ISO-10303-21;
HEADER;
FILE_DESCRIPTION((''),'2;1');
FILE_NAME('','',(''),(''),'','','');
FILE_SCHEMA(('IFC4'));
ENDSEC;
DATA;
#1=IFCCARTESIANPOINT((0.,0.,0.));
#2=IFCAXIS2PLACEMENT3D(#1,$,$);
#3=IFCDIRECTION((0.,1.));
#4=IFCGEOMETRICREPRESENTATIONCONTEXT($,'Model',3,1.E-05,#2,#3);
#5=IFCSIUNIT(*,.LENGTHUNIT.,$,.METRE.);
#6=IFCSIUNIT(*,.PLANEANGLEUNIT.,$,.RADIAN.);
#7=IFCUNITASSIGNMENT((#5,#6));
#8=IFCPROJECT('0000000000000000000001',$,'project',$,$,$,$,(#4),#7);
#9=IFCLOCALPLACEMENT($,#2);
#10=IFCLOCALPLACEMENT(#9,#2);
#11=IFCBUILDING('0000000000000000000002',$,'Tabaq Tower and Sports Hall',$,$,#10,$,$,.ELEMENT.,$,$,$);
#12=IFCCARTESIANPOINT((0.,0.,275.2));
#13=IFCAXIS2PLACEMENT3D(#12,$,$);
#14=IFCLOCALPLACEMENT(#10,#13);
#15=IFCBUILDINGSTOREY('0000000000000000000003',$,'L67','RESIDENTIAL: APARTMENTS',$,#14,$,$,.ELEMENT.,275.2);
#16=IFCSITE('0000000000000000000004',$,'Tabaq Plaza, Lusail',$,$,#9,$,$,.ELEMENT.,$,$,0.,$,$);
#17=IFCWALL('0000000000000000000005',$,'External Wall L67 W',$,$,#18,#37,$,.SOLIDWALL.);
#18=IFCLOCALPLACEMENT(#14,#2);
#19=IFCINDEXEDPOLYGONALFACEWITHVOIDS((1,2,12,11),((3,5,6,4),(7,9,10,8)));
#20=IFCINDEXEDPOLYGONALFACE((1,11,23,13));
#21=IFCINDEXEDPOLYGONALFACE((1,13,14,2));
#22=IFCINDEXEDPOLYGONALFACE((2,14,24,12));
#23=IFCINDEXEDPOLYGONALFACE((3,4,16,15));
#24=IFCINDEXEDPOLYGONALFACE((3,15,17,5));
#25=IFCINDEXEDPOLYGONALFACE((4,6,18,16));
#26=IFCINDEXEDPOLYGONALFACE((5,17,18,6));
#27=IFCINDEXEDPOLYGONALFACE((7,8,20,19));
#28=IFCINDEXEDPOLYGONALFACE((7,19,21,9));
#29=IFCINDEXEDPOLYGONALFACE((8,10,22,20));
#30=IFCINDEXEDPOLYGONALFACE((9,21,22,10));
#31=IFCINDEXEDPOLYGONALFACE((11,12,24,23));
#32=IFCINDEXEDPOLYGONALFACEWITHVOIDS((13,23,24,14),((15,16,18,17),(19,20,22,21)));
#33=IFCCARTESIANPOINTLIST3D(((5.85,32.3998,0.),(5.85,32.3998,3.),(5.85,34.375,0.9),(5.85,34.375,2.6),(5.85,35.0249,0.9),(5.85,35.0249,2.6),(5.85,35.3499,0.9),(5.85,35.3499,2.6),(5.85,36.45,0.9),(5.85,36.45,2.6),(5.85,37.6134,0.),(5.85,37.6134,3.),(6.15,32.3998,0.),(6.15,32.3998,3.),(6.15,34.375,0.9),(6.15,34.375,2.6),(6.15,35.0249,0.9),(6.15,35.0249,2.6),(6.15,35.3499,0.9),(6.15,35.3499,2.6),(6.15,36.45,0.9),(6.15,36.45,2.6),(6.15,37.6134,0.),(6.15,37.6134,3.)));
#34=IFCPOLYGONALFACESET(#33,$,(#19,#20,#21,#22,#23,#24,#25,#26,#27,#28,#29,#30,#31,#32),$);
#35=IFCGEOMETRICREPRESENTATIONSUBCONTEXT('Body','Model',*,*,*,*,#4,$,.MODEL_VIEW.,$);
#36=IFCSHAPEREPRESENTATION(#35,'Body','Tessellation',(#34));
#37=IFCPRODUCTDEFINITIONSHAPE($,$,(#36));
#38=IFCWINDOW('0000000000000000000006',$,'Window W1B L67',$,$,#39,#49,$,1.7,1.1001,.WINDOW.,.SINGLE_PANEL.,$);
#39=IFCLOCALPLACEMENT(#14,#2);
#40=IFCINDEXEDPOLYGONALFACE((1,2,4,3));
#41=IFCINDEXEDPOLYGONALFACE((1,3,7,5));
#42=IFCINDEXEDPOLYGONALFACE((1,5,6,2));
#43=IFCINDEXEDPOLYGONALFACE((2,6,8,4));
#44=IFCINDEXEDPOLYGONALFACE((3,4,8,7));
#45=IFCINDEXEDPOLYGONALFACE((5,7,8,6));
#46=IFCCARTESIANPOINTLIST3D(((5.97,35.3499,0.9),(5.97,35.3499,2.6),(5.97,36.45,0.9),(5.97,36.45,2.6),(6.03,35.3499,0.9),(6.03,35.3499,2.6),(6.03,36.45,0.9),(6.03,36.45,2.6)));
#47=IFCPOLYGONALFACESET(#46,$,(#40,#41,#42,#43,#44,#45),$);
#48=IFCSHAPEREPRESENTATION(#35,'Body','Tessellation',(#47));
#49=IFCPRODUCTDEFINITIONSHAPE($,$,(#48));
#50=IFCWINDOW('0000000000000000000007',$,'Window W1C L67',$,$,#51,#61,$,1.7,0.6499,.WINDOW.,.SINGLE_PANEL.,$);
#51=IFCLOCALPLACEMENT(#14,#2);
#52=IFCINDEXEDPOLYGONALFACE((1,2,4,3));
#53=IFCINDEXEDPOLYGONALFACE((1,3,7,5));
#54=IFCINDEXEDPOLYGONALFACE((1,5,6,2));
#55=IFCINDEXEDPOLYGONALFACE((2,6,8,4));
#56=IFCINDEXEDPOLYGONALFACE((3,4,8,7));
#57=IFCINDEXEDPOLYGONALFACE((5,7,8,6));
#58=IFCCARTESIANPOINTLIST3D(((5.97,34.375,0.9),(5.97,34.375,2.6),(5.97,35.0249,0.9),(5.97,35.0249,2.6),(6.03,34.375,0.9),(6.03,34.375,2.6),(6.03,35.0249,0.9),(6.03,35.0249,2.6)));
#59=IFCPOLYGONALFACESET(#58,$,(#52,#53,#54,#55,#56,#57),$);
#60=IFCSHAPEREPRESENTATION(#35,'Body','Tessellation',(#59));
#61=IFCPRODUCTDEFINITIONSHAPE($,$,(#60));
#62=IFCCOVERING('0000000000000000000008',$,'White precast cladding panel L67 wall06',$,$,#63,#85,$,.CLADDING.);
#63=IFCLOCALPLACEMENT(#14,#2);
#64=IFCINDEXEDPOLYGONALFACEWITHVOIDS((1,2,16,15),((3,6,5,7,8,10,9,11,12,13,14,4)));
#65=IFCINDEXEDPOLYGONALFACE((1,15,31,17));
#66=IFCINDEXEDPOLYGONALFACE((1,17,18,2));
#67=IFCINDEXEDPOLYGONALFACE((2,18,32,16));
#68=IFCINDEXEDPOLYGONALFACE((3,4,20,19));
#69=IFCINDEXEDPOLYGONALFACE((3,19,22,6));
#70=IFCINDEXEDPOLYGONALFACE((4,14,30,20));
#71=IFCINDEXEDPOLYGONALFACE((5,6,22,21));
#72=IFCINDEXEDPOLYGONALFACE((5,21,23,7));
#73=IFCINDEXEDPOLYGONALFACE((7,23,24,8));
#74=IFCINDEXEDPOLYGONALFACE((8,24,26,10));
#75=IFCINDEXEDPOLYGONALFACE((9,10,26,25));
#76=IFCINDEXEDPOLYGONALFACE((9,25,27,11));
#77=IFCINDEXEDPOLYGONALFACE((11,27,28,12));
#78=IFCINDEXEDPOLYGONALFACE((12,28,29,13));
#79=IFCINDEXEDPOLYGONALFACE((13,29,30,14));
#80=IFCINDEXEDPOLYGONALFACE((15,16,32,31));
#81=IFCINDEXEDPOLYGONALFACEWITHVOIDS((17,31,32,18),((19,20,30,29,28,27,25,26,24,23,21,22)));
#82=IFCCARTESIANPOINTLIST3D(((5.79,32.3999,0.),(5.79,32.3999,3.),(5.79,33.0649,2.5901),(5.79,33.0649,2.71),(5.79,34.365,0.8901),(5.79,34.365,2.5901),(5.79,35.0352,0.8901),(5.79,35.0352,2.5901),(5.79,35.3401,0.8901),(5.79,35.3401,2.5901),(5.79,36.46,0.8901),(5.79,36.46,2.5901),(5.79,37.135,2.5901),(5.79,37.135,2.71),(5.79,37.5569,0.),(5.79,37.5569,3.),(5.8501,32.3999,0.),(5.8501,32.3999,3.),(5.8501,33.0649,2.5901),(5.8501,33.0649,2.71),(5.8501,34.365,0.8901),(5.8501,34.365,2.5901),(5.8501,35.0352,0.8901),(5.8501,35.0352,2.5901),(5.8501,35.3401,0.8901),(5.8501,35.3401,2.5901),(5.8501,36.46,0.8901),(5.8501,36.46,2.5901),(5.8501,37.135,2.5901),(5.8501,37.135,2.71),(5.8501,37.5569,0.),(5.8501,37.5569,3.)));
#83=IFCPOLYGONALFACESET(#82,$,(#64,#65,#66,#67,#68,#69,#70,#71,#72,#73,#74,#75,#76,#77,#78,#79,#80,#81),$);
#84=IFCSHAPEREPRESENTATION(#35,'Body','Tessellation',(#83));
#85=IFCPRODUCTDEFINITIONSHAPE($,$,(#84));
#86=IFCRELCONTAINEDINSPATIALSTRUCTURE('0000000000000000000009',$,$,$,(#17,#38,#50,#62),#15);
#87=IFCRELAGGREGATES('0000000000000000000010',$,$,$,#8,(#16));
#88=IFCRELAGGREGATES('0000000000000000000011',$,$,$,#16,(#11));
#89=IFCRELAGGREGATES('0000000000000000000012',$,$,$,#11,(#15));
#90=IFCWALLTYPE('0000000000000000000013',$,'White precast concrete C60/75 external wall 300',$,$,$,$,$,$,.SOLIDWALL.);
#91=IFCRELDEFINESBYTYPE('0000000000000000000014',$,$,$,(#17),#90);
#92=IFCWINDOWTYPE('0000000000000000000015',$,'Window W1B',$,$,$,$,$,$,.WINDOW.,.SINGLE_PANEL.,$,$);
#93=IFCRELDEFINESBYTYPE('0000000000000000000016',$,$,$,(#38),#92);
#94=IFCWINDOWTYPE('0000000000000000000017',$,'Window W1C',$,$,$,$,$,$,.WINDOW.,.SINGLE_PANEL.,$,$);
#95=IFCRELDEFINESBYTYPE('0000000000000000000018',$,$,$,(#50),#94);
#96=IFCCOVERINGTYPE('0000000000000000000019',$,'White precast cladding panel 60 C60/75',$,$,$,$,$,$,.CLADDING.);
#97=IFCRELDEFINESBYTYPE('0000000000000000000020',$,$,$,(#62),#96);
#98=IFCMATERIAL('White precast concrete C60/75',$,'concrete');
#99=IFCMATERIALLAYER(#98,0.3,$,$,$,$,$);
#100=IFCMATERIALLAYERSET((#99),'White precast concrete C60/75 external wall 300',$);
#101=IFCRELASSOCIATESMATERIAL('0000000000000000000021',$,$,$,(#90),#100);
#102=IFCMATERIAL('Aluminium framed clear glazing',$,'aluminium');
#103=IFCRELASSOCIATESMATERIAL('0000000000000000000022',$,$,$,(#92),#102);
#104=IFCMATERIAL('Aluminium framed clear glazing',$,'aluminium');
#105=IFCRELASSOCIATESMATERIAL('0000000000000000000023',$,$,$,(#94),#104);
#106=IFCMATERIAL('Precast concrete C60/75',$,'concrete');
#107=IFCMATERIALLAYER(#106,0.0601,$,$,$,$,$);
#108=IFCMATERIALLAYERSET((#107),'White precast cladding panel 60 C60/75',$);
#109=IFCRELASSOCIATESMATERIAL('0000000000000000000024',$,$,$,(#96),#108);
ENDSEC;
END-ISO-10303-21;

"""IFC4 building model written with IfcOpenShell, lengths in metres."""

from ifc_helpers import new_model, si_unit, direction, frame, frame_2d, origin, place, context, subcontext, project, spatial, polyline, rectangle, outline, extrude, material, layer, layer_set, type_object, element, fill, save


model = new_model("IFC4")

# Units and contexts
model_context = context("Model", 3, precision=1e-05, world=origin(), true_north=direction((0.0, 1.0)))
body_context = subcontext(model_context, "Body", "Model", "MODEL_VIEW")
ifc_project = project(units=[si_unit("LENGTHUNIT", "METRE"), si_unit("PLANEANGLEUNIT", "RADIAN")], contexts=[model_context])

# Site, building, storey
site_placement = place(None, origin())
site = spatial("IfcSite", under=ifc_project, at=site_placement, Name="Tabaq Plaza, Lusail", CompositionType="ELEMENT", RefElevation=0.0)
building_placement = place(site_placement, origin())
building = spatial("IfcBuilding", under=site, at=building_placement, Name="Tabaq Tower and Sports Hall", CompositionType="ELEMENT")
storey_placement = place(building_placement, frame((0.0, 0.0, 275.2)))
storey = spatial("IfcBuildingStorey", under=building, at=storey_placement, Name="L67", Description="RESIDENTIAL: APARTMENTS", CompositionType="ELEMENT", Elevation=275.2)

# Wall, openings, windows
ifc_material_1 = material(Name="White precast concrete C60/75", Category="concrete")
ifc_layer_1 = layer(ifc_material_1, 0.3)
ifc_layer_set_1 = layer_set([ifc_layer_1], Name="White precast concrete C60/75 external wall 300")
wall_type_1 = type_object("IfcWallType", Name="White precast concrete C60/75 external wall 300", PredefinedType="SOLIDWALL", material=ifc_layer_set_1)
wall_1_placement = place(storey_placement, frame((6.0, 37.6135, 0.0), z_axis=(0.0, 0.0, 1.0), x_axis=(0.0, -1.0, 0.0)))
wall_1 = element("IfcWall", 1, at=wall_1_placement, inside=storey, type_object=wall_type_1, Name="External Wall L67 W", PredefinedType="SOLIDWALL", context=body_context, shape_type="SweptSolid", body=[
    extrude(rectangle(XDim=5.2136, YDim=0.3, at=frame_2d((2.6069, 0.0))), origin(), (0.0, 0.0, 1.0), 3.0),
])
opening_1_placement = place(wall_1_placement, frame((1.1636, 0.0, 0.8999)))
opening_1 = element("IfcOpeningElement", 2, at=opening_1_placement, cuts=wall_1, PredefinedType="OPENING", context=body_context, shape_type="SweptSolid", body=[
    extrude(rectangle(XDim=1.1001, YDim=1.7, at=frame_2d((0.55, 0.8501))), frame((0.0, 0.1602, 0.0), z_axis=(0.0, -1.0, 0.0), x_axis=(1.0, 0.0, 0.0)), (0.0, 0.0, 1.0), 0.3201),
])
opening_2_placement = place(wall_1_placement, frame((2.5886, 0.0, 0.8999)))
opening_2 = element("IfcOpeningElement", 3, at=opening_2_placement, cuts=wall_1, PredefinedType="OPENING", context=body_context, shape_type="SweptSolid", body=[
    extrude(rectangle(XDim=0.6499, YDim=1.7, at=frame_2d((0.325, 0.8501))), frame((0.0, 0.1602, 0.0), z_axis=(0.0, -1.0, 0.0), x_axis=(1.0, 0.0, 0.0)), (0.0, 0.0, 1.0), 0.3201),
])
ifc_material_2 = material(Name="Aluminium framed clear glazing", Category="aluminium")
window_type_1 = type_object("IfcWindowType", Name="Window W1B", PartitioningType="SINGLE_PANEL", PredefinedType="WINDOW", material=ifc_material_2)
window_1_placement = place(opening_1_placement, origin())
window_1 = element("IfcWindow", 4, at=window_1_placement, inside=storey, type_object=window_type_1, Name="Window W1B L67", OverallHeight=1.7, OverallWidth=1.1001, PartitioningType="SINGLE_PANEL", PredefinedType="WINDOW", context=body_context, shape_type="SweptSolid", body=[
    extrude(rectangle(XDim=1.1001, YDim=1.7, at=frame_2d((0.55, 0.8501))), frame((0.0, 0.03, 0.0), z_axis=(0.0, -1.0, 0.0), x_axis=(1.0, 0.0, 0.0)), (0.0, 0.0, 1.0), 0.0601),
])
fill(opening_1, window_1)
ifc_material_3 = material(Name="Aluminium framed clear glazing", Category="aluminium")
window_type_2 = type_object("IfcWindowType", Name="Window W1C", PartitioningType="SINGLE_PANEL", PredefinedType="WINDOW", material=ifc_material_3)
window_2_placement = place(opening_2_placement, origin())
window_2 = element("IfcWindow", 5, at=window_2_placement, inside=storey, type_object=window_type_2, Name="Window W1C L67", OverallHeight=1.7, OverallWidth=0.6499, PartitioningType="SINGLE_PANEL", PredefinedType="WINDOW", context=body_context, shape_type="SweptSolid", body=[
    extrude(rectangle(XDim=0.6499, YDim=1.7, at=frame_2d((0.325, 0.8501))), frame((0.0, 0.03, 0.0), z_axis=(0.0, -1.0, 0.0), x_axis=(1.0, 0.0, 0.0)), (0.0, 0.0, 1.0), 0.0601),
])
fill(opening_2, window_2)

# Covering
ifc_material_4 = material(Name="Precast concrete C60/75", Category="concrete")
ifc_layer_2 = layer(ifc_material_4, 0.0601)
ifc_layer_set_2 = layer_set([ifc_layer_2], Name="White precast cladding panel 60 C60/75")
covering_type = type_object("IfcCoveringType", Name="White precast cladding panel 60 C60/75", PredefinedType="CLADDING", material=ifc_layer_set_2)
covering_placement = place(storey_placement, frame((5.8201, 37.5569, 0.0), z_axis=(0.0, 0.0, 1.0), x_axis=(0.0, -1.0, 0.0)))
element("IfcCovering", 6, at=covering_placement, inside=storey, type_object=covering_type, Name="White precast cladding panel L67 wall06", PredefinedType="CLADDING", context=body_context, shape_type="SweptSolid", body=[
    extrude(outline(polyline([(0.0, 0.0), (5.157, 0.0), (5.157, 3.0), (0.0, 3.0), (0.0, 0.0)]), holes=[polyline([(1.0969, 2.5901), (0.4219, 2.5901), (0.4219, 2.71), (4.4919, 2.71), (4.4919, 2.5901), (3.1919, 2.5901), (3.1919, 0.8901), (2.5217, 0.8901), (2.5217, 2.5901), (2.2168, 2.5901), (2.2168, 0.8901), (1.0969, 0.8901), (1.0969, 2.5901)])]), frame((0.0, 0.03, 0.0), z_axis=(0.0, -1.0, 0.0), x_axis=(1.0, 0.0, 0.0)), (0.0, 0.0, 1.0), 0.0601),
])

save(model, "model.ifc")
